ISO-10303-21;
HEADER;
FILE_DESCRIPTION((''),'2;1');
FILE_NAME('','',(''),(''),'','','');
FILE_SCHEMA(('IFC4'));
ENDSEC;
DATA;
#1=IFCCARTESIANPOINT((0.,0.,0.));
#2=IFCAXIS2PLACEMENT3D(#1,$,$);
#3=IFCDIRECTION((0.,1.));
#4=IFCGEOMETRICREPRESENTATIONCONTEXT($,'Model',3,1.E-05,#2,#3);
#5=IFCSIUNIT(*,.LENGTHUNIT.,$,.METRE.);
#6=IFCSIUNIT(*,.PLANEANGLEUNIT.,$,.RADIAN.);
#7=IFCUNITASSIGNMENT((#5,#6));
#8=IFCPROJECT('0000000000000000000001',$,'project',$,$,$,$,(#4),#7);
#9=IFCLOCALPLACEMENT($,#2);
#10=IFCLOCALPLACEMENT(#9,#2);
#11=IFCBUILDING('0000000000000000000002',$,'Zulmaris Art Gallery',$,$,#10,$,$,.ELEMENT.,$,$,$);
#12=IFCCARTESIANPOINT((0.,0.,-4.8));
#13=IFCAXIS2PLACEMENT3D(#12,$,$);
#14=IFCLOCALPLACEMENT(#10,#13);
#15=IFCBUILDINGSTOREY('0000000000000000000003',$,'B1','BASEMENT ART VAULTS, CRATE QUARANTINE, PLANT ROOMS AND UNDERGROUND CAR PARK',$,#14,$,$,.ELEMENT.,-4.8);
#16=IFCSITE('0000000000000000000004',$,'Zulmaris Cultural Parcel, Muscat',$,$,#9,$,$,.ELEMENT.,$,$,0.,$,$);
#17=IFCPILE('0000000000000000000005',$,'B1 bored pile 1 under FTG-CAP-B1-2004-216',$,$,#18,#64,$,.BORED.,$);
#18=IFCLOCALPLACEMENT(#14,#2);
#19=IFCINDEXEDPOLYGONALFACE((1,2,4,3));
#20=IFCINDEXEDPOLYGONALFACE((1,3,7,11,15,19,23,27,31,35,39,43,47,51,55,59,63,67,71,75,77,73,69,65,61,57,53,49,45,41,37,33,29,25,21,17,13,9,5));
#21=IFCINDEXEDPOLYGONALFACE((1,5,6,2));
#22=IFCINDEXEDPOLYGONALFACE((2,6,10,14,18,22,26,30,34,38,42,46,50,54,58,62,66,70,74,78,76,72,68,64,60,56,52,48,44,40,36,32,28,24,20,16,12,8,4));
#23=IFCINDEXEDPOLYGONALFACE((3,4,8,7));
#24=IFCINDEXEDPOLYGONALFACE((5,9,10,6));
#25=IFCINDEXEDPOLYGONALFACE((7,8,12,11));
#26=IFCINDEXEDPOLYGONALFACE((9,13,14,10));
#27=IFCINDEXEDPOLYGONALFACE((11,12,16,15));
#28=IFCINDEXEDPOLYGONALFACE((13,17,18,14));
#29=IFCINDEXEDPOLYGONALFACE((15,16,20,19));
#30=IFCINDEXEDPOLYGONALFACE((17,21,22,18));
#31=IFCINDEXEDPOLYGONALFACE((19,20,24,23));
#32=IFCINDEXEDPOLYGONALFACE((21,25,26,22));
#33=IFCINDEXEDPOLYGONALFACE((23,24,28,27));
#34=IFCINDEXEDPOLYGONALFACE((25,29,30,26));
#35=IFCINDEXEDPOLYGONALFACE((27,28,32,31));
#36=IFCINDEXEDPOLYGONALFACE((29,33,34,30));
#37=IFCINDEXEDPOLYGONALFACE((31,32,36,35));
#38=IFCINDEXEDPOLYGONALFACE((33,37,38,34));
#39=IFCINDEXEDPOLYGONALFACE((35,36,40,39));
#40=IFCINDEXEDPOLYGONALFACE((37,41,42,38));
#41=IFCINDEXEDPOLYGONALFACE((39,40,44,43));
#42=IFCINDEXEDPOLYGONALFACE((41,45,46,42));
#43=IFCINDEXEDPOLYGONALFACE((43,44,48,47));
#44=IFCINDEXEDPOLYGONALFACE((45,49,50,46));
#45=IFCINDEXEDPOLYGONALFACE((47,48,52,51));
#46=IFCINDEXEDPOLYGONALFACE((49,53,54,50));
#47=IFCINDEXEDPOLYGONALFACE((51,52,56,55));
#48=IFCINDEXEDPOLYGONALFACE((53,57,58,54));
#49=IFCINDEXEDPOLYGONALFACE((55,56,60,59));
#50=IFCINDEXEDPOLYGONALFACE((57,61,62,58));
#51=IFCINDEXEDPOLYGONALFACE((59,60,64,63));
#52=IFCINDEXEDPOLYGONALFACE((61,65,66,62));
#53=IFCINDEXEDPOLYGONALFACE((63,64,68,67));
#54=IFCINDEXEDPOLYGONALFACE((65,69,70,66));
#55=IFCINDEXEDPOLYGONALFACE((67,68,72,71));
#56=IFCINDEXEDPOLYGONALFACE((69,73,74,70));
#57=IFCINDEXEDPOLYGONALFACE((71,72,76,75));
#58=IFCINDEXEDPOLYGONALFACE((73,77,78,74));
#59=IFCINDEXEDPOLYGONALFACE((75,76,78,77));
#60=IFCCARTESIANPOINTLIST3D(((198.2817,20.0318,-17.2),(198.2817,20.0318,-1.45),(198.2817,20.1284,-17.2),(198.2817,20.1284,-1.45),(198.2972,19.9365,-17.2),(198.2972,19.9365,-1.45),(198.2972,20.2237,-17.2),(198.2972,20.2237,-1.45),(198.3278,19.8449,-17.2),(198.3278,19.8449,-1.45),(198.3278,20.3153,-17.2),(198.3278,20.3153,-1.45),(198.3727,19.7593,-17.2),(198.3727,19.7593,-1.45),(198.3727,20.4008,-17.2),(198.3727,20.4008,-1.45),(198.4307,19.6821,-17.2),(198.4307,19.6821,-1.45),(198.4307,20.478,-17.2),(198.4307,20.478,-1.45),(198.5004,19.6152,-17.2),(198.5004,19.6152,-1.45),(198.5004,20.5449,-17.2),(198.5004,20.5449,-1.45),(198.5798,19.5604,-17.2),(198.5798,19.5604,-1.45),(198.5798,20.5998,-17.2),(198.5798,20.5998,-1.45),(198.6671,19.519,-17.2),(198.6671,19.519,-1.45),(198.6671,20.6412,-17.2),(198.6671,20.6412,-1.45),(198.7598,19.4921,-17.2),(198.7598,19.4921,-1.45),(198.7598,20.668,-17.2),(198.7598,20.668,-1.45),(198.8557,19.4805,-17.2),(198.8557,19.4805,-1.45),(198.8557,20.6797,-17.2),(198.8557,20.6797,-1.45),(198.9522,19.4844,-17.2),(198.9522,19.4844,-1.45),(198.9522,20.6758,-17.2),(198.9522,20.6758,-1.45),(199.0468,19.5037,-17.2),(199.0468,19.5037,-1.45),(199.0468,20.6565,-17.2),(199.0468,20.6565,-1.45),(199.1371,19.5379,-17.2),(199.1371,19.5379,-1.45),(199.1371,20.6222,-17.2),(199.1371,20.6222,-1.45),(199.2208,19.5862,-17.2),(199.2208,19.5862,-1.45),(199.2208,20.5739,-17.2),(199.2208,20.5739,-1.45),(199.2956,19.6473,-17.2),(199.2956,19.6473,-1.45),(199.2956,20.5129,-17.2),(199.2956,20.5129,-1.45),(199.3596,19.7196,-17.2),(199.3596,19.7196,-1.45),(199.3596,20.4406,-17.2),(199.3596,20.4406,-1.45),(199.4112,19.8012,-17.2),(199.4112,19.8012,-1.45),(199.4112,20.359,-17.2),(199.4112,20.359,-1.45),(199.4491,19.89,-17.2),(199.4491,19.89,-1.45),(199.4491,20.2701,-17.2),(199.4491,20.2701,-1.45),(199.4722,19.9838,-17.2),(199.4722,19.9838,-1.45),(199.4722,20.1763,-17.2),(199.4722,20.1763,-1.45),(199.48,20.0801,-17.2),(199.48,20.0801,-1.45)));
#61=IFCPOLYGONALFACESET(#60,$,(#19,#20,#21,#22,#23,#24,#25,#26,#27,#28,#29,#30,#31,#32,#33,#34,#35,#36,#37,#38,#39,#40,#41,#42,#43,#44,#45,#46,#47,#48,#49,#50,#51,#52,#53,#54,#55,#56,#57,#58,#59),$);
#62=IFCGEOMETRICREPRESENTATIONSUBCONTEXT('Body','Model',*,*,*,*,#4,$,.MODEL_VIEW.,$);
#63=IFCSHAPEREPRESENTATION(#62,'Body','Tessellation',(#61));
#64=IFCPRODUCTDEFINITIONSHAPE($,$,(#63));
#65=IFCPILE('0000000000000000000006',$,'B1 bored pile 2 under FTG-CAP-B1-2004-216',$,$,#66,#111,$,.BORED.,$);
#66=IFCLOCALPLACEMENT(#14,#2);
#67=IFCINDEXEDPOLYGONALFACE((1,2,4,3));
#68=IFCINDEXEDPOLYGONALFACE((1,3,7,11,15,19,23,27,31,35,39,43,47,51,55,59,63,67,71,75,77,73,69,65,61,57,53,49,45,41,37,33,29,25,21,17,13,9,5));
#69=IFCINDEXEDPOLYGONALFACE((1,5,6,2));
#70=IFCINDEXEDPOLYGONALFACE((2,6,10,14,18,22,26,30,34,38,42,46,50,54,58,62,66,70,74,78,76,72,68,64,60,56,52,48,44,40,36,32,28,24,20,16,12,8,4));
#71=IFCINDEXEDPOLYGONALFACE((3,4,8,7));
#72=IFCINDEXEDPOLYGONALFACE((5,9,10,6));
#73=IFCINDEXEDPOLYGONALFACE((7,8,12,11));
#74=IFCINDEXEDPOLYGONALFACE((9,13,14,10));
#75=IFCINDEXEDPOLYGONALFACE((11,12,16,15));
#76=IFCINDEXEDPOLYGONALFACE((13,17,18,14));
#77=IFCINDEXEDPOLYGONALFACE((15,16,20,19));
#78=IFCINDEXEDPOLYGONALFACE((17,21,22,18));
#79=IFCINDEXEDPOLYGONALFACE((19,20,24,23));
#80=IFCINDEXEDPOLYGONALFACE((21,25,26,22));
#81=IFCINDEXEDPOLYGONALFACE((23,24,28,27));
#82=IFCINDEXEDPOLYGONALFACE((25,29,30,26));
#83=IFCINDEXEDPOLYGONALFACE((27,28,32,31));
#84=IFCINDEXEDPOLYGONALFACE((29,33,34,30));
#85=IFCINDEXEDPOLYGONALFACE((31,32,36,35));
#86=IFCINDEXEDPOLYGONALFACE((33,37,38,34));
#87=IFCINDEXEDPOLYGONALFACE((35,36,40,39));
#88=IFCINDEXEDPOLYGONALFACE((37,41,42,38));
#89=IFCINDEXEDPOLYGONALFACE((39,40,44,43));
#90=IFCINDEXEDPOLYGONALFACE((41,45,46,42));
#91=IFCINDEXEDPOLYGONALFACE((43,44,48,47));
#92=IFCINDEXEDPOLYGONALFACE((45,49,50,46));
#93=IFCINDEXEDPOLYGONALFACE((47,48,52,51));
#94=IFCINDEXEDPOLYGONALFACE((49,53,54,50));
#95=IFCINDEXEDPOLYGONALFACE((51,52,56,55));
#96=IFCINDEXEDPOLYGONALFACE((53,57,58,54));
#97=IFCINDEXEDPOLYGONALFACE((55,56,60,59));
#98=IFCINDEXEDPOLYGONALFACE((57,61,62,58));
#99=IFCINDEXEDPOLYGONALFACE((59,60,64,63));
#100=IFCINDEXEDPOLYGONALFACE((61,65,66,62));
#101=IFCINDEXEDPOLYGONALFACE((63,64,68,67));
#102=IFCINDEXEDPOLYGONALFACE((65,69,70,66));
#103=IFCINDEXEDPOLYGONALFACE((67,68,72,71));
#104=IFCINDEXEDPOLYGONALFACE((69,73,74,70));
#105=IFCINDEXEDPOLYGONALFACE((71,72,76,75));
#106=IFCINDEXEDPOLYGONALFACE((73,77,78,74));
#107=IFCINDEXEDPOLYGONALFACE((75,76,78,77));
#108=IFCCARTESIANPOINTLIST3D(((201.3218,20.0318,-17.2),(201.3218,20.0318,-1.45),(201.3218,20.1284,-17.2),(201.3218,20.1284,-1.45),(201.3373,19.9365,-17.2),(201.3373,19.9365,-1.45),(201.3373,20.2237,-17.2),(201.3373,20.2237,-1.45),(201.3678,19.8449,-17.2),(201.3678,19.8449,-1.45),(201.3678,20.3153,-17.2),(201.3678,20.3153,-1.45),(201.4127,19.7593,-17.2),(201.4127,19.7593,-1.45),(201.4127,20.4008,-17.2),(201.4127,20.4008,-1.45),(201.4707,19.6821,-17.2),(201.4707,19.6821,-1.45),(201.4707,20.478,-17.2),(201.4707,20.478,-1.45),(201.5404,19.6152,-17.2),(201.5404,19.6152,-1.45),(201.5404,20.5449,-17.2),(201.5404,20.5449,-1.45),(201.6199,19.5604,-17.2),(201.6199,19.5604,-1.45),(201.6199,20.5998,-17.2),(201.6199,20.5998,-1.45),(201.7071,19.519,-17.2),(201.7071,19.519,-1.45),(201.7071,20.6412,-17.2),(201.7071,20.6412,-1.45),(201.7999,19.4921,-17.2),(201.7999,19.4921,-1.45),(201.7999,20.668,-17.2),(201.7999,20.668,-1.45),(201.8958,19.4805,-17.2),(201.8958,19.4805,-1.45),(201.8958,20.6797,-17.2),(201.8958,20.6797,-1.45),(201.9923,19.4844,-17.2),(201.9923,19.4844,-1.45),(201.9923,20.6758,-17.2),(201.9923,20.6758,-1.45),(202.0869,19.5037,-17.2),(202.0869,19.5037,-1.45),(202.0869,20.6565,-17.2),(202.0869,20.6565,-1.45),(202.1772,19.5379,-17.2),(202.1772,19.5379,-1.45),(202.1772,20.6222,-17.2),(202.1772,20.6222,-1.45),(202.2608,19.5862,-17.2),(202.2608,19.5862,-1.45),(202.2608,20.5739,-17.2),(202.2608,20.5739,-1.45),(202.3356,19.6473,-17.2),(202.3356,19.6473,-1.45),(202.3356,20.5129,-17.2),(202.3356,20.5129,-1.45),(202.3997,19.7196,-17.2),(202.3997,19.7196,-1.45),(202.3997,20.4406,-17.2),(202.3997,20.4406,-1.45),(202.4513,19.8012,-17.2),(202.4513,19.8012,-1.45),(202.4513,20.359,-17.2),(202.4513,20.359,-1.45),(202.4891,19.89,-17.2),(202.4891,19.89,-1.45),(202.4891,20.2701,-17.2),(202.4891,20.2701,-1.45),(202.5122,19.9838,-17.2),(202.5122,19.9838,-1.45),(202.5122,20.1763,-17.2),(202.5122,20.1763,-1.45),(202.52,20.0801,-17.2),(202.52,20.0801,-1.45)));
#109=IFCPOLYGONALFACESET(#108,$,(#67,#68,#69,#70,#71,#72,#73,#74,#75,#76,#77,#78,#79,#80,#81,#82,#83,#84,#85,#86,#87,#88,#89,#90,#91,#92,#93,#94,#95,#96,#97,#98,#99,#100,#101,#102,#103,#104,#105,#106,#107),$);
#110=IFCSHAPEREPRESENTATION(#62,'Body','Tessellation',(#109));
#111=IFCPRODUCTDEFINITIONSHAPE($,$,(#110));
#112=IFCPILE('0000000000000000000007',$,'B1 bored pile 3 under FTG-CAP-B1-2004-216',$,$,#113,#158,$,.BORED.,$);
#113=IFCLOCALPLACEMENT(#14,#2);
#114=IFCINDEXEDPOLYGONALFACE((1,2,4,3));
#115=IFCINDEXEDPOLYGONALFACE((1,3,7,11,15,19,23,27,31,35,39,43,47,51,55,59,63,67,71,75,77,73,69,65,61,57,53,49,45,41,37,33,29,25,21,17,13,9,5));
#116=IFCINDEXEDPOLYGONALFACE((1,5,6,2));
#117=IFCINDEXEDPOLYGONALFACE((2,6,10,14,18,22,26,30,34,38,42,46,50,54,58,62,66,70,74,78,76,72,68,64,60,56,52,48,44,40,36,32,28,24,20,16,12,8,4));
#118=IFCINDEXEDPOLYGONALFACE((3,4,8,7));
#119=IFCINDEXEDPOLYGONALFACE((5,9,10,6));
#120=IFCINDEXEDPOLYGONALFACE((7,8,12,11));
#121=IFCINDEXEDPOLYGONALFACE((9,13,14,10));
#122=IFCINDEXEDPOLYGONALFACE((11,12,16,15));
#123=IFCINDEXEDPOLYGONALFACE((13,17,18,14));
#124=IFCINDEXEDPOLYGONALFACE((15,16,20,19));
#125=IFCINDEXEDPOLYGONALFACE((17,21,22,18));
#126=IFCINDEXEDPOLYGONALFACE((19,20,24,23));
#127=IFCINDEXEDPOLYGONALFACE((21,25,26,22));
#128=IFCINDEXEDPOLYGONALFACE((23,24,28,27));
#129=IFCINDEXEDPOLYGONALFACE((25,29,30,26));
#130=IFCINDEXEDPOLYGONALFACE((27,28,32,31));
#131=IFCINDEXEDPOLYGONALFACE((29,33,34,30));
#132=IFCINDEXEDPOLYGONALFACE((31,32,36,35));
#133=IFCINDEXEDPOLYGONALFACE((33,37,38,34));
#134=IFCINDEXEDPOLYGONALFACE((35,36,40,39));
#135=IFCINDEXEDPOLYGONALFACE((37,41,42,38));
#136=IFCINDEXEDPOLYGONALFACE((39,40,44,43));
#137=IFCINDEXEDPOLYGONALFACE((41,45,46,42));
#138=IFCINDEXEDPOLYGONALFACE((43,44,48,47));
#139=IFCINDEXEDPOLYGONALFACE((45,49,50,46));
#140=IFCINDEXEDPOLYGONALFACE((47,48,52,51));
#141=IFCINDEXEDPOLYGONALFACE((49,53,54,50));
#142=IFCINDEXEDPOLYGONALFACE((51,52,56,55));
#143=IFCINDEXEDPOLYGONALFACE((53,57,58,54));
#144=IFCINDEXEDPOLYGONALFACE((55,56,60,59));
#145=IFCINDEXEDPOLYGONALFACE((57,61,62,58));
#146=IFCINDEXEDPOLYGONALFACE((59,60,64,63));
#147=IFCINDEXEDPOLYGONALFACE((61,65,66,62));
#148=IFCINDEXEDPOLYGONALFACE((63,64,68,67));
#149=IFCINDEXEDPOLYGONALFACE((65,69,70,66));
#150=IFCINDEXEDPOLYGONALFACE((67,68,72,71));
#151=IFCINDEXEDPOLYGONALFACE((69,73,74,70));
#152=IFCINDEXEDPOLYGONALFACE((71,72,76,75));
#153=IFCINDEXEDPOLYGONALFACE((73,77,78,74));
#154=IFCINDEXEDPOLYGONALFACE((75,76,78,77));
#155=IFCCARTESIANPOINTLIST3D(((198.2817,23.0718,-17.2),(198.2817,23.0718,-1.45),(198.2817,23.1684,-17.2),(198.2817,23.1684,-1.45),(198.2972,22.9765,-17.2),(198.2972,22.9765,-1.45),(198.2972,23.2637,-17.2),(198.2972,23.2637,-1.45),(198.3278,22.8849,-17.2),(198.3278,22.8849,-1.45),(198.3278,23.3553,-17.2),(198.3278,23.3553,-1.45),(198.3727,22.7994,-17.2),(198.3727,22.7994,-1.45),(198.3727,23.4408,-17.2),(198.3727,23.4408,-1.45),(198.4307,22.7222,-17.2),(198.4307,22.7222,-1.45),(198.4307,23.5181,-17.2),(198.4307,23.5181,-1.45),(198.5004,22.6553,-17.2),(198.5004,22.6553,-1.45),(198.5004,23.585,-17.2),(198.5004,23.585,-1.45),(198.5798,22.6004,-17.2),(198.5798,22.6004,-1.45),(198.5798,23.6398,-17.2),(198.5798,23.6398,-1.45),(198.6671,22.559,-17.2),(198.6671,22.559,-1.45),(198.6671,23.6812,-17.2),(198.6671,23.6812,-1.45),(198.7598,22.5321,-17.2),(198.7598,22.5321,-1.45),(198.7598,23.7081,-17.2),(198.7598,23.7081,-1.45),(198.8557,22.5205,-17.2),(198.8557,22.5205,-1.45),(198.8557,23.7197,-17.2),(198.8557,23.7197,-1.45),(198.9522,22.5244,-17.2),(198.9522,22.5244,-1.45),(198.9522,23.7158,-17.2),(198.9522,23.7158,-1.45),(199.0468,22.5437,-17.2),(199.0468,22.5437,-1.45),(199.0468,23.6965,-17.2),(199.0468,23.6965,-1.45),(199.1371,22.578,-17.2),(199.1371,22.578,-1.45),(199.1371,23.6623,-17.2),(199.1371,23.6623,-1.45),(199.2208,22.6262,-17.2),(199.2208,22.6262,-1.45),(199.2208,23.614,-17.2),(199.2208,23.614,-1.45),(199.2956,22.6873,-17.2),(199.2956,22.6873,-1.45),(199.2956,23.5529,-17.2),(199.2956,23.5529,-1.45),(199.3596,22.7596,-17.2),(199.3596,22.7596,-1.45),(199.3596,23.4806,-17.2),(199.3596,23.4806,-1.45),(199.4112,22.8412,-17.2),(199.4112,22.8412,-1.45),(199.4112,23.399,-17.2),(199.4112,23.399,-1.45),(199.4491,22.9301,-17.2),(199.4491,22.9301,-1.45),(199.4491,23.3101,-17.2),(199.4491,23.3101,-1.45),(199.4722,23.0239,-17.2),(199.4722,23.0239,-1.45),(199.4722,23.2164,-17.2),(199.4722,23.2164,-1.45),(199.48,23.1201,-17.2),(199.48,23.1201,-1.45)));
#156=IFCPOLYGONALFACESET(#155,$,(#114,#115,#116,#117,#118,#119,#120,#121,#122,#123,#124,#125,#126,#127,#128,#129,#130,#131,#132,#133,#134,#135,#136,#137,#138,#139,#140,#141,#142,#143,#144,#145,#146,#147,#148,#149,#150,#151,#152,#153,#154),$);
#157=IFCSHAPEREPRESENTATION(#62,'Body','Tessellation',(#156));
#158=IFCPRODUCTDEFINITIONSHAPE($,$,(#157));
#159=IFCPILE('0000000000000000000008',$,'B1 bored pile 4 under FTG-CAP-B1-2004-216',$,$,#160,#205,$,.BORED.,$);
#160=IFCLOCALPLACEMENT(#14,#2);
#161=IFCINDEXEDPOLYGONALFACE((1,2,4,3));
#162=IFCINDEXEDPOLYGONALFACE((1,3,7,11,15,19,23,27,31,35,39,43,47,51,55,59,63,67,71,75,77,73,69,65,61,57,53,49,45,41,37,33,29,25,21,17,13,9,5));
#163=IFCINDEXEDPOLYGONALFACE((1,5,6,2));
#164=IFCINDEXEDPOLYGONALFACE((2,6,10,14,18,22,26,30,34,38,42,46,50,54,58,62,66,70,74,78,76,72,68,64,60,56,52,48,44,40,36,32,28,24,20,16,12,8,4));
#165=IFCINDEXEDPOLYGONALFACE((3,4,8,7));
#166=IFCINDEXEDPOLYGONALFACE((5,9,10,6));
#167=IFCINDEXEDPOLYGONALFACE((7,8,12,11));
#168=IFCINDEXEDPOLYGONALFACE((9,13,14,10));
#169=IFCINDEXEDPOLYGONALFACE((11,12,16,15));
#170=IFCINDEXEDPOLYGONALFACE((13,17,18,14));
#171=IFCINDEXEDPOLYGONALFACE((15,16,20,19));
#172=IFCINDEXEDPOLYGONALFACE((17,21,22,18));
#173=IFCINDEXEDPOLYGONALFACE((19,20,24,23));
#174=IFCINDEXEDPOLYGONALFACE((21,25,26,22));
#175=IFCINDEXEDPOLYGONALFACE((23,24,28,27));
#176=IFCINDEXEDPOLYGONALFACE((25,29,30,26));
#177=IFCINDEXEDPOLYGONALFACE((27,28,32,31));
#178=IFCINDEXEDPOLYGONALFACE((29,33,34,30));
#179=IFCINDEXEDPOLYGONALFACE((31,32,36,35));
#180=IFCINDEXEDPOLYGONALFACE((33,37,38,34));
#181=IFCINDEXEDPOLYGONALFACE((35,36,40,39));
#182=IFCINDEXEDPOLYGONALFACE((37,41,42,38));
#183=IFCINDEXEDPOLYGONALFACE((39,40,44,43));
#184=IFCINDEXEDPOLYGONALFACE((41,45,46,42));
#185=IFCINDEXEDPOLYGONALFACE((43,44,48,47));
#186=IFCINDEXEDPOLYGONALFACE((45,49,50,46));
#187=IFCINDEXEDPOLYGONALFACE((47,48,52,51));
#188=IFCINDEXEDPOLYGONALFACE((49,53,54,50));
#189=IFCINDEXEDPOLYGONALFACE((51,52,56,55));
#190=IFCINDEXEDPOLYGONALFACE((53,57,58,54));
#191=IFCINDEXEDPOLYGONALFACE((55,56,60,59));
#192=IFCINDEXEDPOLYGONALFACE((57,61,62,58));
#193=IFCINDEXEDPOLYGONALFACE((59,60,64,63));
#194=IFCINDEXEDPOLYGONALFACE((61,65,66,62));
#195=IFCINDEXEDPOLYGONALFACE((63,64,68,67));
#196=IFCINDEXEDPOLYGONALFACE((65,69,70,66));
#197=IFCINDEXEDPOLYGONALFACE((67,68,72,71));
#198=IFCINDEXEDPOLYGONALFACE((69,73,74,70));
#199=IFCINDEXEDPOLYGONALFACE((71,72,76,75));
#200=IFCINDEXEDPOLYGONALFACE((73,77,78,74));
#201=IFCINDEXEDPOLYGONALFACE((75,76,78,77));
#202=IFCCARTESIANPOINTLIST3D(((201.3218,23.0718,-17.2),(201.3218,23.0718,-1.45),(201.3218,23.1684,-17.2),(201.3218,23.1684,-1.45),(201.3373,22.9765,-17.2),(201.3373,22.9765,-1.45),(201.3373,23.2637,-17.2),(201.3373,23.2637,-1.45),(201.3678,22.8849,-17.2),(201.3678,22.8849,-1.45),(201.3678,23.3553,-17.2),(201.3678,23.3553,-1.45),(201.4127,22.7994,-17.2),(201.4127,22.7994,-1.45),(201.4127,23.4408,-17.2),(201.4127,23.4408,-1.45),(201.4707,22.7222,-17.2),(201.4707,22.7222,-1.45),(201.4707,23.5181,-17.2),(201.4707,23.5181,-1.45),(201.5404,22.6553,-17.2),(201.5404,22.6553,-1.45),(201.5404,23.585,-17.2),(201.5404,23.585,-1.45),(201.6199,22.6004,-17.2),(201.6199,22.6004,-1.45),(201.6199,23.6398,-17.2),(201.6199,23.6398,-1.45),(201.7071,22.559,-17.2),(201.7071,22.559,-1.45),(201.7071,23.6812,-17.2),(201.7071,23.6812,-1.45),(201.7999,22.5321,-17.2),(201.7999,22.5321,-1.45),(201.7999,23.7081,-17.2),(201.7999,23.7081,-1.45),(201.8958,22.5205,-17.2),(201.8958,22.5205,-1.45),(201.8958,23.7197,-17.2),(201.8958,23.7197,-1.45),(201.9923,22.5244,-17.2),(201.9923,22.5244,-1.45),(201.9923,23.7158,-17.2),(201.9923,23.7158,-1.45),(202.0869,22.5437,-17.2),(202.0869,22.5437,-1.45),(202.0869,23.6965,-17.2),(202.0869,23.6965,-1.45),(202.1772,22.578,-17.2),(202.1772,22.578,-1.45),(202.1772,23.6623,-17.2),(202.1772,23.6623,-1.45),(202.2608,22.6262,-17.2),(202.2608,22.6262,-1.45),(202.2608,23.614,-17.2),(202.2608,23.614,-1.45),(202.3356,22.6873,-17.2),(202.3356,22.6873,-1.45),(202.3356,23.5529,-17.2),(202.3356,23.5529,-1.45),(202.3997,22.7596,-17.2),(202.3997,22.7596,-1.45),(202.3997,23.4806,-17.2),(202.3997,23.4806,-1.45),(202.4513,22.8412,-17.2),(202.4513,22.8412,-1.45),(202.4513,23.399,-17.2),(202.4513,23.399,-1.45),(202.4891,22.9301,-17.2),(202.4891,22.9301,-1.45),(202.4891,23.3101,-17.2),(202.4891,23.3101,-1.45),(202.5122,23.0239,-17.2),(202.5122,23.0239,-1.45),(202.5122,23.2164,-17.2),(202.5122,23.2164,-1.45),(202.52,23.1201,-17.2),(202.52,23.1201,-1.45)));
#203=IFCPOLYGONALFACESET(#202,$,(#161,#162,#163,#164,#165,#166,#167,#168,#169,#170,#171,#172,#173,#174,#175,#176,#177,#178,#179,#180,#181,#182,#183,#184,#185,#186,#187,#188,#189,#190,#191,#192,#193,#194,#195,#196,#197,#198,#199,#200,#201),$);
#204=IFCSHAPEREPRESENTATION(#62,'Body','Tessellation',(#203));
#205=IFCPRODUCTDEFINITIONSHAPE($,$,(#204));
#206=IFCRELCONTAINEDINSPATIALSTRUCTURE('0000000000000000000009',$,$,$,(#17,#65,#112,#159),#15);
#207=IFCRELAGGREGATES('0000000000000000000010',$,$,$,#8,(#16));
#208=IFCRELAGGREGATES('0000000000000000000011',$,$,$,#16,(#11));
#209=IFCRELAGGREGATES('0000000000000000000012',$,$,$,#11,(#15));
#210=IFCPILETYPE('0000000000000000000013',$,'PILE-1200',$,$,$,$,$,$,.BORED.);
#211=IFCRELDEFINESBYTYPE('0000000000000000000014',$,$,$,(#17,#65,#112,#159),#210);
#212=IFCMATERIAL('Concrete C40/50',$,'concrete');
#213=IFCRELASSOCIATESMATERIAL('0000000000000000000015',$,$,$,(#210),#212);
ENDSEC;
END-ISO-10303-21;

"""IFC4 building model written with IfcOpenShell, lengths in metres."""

from ifc_helpers import new_model, si_unit, direction, frame, origin, origin_2d, place, context, subcontext, project, spatial, circle, extrude, material, material_profile, profile_set, type_object, element, save


model = new_model("IFC4")

# Units and contexts
model_context = context("Model", 3, precision=1e-05, world=origin(), true_north=direction((0.0, 1.0)))
body_context = subcontext(model_context, "Body", "Model", "MODEL_VIEW")
ifc_project = project(units=[si_unit("LENGTHUNIT", "METRE"), si_unit("PLANEANGLEUNIT", "RADIAN")], contexts=[model_context])

# Site, building, storey
site_placement = place(None, origin())
site = spatial("IfcSite", under=ifc_project, at=site_placement, Name="Zulmaris Cultural Parcel, Muscat", CompositionType="ELEMENT", RefElevation=0.0)
building_placement = place(site_placement, origin())
building = spatial("IfcBuilding", under=site, at=building_placement, Name="Zulmaris Art Gallery", CompositionType="ELEMENT")
storey_placement = place(building_placement, frame((0.0, 0.0, -4.8)))
storey = spatial("IfcBuildingStorey", under=building, at=storey_placement, Name="B1", Description="BASEMENT ART VAULTS, CRATE QUARANTINE, PLANT ROOMS AND UNDERGROUND CAR PARK", CompositionType="ELEMENT", Elevation=-4.8)

# Piles
ifc_material_1 = material(Name="Concrete C40/50", Category="concrete")
ifc_material_profile_1 = material_profile(ifc_material_1, circle(Radius=0.6001, at=origin_2d()), Name="PILE DIA 1200")
ifc_profile_set_1 = profile_set([ifc_material_profile_1], Name="Concrete C40/50")
pile_type = type_object("IfcPileType", Name="PILE-1200", PredefinedType="BORED", material=ifc_profile_set_1)
for number, where, z_axis, x_axis, name in (
    (1, (198.8799, 20.0801, -1.45), (0.0, 0.0, -1.0), (1.0, 0.0, 0.0), "B1 bored pile 1 under FTG-CAP-B1-2004-216"),
    (2, (201.9199, 20.0801, -1.45), (0.0, 0.0, -1.0), (1.0, 0.0, 0.0), "B1 bored pile 2 under FTG-CAP-B1-2004-216"),
    (3, (198.8799, 23.1201, -1.45), (0.0, 0.0, -1.0), (1.0, 0.0, 0.0), "B1 bored pile 3 under FTG-CAP-B1-2004-216"),
    (4, (201.9199, 23.1201, -1.45), (0.0, 0.0, -1.0), (1.0, 0.0, 0.0), "B1 bored pile 4 under FTG-CAP-B1-2004-216"),
):
    element("IfcPile", number, at=place(storey_placement, frame(where, z_axis=z_axis, x_axis=x_axis)), inside=storey, type_object=pile_type, Name=name, PredefinedType="BORED", context=body_context, shape_type="SweptSolid", body=[
        extrude(circle(Radius=0.6001, at=origin_2d()), origin(), (0.0, 0.0, 1.0), 15.75),
    ])

save(model, "model.ifc")
